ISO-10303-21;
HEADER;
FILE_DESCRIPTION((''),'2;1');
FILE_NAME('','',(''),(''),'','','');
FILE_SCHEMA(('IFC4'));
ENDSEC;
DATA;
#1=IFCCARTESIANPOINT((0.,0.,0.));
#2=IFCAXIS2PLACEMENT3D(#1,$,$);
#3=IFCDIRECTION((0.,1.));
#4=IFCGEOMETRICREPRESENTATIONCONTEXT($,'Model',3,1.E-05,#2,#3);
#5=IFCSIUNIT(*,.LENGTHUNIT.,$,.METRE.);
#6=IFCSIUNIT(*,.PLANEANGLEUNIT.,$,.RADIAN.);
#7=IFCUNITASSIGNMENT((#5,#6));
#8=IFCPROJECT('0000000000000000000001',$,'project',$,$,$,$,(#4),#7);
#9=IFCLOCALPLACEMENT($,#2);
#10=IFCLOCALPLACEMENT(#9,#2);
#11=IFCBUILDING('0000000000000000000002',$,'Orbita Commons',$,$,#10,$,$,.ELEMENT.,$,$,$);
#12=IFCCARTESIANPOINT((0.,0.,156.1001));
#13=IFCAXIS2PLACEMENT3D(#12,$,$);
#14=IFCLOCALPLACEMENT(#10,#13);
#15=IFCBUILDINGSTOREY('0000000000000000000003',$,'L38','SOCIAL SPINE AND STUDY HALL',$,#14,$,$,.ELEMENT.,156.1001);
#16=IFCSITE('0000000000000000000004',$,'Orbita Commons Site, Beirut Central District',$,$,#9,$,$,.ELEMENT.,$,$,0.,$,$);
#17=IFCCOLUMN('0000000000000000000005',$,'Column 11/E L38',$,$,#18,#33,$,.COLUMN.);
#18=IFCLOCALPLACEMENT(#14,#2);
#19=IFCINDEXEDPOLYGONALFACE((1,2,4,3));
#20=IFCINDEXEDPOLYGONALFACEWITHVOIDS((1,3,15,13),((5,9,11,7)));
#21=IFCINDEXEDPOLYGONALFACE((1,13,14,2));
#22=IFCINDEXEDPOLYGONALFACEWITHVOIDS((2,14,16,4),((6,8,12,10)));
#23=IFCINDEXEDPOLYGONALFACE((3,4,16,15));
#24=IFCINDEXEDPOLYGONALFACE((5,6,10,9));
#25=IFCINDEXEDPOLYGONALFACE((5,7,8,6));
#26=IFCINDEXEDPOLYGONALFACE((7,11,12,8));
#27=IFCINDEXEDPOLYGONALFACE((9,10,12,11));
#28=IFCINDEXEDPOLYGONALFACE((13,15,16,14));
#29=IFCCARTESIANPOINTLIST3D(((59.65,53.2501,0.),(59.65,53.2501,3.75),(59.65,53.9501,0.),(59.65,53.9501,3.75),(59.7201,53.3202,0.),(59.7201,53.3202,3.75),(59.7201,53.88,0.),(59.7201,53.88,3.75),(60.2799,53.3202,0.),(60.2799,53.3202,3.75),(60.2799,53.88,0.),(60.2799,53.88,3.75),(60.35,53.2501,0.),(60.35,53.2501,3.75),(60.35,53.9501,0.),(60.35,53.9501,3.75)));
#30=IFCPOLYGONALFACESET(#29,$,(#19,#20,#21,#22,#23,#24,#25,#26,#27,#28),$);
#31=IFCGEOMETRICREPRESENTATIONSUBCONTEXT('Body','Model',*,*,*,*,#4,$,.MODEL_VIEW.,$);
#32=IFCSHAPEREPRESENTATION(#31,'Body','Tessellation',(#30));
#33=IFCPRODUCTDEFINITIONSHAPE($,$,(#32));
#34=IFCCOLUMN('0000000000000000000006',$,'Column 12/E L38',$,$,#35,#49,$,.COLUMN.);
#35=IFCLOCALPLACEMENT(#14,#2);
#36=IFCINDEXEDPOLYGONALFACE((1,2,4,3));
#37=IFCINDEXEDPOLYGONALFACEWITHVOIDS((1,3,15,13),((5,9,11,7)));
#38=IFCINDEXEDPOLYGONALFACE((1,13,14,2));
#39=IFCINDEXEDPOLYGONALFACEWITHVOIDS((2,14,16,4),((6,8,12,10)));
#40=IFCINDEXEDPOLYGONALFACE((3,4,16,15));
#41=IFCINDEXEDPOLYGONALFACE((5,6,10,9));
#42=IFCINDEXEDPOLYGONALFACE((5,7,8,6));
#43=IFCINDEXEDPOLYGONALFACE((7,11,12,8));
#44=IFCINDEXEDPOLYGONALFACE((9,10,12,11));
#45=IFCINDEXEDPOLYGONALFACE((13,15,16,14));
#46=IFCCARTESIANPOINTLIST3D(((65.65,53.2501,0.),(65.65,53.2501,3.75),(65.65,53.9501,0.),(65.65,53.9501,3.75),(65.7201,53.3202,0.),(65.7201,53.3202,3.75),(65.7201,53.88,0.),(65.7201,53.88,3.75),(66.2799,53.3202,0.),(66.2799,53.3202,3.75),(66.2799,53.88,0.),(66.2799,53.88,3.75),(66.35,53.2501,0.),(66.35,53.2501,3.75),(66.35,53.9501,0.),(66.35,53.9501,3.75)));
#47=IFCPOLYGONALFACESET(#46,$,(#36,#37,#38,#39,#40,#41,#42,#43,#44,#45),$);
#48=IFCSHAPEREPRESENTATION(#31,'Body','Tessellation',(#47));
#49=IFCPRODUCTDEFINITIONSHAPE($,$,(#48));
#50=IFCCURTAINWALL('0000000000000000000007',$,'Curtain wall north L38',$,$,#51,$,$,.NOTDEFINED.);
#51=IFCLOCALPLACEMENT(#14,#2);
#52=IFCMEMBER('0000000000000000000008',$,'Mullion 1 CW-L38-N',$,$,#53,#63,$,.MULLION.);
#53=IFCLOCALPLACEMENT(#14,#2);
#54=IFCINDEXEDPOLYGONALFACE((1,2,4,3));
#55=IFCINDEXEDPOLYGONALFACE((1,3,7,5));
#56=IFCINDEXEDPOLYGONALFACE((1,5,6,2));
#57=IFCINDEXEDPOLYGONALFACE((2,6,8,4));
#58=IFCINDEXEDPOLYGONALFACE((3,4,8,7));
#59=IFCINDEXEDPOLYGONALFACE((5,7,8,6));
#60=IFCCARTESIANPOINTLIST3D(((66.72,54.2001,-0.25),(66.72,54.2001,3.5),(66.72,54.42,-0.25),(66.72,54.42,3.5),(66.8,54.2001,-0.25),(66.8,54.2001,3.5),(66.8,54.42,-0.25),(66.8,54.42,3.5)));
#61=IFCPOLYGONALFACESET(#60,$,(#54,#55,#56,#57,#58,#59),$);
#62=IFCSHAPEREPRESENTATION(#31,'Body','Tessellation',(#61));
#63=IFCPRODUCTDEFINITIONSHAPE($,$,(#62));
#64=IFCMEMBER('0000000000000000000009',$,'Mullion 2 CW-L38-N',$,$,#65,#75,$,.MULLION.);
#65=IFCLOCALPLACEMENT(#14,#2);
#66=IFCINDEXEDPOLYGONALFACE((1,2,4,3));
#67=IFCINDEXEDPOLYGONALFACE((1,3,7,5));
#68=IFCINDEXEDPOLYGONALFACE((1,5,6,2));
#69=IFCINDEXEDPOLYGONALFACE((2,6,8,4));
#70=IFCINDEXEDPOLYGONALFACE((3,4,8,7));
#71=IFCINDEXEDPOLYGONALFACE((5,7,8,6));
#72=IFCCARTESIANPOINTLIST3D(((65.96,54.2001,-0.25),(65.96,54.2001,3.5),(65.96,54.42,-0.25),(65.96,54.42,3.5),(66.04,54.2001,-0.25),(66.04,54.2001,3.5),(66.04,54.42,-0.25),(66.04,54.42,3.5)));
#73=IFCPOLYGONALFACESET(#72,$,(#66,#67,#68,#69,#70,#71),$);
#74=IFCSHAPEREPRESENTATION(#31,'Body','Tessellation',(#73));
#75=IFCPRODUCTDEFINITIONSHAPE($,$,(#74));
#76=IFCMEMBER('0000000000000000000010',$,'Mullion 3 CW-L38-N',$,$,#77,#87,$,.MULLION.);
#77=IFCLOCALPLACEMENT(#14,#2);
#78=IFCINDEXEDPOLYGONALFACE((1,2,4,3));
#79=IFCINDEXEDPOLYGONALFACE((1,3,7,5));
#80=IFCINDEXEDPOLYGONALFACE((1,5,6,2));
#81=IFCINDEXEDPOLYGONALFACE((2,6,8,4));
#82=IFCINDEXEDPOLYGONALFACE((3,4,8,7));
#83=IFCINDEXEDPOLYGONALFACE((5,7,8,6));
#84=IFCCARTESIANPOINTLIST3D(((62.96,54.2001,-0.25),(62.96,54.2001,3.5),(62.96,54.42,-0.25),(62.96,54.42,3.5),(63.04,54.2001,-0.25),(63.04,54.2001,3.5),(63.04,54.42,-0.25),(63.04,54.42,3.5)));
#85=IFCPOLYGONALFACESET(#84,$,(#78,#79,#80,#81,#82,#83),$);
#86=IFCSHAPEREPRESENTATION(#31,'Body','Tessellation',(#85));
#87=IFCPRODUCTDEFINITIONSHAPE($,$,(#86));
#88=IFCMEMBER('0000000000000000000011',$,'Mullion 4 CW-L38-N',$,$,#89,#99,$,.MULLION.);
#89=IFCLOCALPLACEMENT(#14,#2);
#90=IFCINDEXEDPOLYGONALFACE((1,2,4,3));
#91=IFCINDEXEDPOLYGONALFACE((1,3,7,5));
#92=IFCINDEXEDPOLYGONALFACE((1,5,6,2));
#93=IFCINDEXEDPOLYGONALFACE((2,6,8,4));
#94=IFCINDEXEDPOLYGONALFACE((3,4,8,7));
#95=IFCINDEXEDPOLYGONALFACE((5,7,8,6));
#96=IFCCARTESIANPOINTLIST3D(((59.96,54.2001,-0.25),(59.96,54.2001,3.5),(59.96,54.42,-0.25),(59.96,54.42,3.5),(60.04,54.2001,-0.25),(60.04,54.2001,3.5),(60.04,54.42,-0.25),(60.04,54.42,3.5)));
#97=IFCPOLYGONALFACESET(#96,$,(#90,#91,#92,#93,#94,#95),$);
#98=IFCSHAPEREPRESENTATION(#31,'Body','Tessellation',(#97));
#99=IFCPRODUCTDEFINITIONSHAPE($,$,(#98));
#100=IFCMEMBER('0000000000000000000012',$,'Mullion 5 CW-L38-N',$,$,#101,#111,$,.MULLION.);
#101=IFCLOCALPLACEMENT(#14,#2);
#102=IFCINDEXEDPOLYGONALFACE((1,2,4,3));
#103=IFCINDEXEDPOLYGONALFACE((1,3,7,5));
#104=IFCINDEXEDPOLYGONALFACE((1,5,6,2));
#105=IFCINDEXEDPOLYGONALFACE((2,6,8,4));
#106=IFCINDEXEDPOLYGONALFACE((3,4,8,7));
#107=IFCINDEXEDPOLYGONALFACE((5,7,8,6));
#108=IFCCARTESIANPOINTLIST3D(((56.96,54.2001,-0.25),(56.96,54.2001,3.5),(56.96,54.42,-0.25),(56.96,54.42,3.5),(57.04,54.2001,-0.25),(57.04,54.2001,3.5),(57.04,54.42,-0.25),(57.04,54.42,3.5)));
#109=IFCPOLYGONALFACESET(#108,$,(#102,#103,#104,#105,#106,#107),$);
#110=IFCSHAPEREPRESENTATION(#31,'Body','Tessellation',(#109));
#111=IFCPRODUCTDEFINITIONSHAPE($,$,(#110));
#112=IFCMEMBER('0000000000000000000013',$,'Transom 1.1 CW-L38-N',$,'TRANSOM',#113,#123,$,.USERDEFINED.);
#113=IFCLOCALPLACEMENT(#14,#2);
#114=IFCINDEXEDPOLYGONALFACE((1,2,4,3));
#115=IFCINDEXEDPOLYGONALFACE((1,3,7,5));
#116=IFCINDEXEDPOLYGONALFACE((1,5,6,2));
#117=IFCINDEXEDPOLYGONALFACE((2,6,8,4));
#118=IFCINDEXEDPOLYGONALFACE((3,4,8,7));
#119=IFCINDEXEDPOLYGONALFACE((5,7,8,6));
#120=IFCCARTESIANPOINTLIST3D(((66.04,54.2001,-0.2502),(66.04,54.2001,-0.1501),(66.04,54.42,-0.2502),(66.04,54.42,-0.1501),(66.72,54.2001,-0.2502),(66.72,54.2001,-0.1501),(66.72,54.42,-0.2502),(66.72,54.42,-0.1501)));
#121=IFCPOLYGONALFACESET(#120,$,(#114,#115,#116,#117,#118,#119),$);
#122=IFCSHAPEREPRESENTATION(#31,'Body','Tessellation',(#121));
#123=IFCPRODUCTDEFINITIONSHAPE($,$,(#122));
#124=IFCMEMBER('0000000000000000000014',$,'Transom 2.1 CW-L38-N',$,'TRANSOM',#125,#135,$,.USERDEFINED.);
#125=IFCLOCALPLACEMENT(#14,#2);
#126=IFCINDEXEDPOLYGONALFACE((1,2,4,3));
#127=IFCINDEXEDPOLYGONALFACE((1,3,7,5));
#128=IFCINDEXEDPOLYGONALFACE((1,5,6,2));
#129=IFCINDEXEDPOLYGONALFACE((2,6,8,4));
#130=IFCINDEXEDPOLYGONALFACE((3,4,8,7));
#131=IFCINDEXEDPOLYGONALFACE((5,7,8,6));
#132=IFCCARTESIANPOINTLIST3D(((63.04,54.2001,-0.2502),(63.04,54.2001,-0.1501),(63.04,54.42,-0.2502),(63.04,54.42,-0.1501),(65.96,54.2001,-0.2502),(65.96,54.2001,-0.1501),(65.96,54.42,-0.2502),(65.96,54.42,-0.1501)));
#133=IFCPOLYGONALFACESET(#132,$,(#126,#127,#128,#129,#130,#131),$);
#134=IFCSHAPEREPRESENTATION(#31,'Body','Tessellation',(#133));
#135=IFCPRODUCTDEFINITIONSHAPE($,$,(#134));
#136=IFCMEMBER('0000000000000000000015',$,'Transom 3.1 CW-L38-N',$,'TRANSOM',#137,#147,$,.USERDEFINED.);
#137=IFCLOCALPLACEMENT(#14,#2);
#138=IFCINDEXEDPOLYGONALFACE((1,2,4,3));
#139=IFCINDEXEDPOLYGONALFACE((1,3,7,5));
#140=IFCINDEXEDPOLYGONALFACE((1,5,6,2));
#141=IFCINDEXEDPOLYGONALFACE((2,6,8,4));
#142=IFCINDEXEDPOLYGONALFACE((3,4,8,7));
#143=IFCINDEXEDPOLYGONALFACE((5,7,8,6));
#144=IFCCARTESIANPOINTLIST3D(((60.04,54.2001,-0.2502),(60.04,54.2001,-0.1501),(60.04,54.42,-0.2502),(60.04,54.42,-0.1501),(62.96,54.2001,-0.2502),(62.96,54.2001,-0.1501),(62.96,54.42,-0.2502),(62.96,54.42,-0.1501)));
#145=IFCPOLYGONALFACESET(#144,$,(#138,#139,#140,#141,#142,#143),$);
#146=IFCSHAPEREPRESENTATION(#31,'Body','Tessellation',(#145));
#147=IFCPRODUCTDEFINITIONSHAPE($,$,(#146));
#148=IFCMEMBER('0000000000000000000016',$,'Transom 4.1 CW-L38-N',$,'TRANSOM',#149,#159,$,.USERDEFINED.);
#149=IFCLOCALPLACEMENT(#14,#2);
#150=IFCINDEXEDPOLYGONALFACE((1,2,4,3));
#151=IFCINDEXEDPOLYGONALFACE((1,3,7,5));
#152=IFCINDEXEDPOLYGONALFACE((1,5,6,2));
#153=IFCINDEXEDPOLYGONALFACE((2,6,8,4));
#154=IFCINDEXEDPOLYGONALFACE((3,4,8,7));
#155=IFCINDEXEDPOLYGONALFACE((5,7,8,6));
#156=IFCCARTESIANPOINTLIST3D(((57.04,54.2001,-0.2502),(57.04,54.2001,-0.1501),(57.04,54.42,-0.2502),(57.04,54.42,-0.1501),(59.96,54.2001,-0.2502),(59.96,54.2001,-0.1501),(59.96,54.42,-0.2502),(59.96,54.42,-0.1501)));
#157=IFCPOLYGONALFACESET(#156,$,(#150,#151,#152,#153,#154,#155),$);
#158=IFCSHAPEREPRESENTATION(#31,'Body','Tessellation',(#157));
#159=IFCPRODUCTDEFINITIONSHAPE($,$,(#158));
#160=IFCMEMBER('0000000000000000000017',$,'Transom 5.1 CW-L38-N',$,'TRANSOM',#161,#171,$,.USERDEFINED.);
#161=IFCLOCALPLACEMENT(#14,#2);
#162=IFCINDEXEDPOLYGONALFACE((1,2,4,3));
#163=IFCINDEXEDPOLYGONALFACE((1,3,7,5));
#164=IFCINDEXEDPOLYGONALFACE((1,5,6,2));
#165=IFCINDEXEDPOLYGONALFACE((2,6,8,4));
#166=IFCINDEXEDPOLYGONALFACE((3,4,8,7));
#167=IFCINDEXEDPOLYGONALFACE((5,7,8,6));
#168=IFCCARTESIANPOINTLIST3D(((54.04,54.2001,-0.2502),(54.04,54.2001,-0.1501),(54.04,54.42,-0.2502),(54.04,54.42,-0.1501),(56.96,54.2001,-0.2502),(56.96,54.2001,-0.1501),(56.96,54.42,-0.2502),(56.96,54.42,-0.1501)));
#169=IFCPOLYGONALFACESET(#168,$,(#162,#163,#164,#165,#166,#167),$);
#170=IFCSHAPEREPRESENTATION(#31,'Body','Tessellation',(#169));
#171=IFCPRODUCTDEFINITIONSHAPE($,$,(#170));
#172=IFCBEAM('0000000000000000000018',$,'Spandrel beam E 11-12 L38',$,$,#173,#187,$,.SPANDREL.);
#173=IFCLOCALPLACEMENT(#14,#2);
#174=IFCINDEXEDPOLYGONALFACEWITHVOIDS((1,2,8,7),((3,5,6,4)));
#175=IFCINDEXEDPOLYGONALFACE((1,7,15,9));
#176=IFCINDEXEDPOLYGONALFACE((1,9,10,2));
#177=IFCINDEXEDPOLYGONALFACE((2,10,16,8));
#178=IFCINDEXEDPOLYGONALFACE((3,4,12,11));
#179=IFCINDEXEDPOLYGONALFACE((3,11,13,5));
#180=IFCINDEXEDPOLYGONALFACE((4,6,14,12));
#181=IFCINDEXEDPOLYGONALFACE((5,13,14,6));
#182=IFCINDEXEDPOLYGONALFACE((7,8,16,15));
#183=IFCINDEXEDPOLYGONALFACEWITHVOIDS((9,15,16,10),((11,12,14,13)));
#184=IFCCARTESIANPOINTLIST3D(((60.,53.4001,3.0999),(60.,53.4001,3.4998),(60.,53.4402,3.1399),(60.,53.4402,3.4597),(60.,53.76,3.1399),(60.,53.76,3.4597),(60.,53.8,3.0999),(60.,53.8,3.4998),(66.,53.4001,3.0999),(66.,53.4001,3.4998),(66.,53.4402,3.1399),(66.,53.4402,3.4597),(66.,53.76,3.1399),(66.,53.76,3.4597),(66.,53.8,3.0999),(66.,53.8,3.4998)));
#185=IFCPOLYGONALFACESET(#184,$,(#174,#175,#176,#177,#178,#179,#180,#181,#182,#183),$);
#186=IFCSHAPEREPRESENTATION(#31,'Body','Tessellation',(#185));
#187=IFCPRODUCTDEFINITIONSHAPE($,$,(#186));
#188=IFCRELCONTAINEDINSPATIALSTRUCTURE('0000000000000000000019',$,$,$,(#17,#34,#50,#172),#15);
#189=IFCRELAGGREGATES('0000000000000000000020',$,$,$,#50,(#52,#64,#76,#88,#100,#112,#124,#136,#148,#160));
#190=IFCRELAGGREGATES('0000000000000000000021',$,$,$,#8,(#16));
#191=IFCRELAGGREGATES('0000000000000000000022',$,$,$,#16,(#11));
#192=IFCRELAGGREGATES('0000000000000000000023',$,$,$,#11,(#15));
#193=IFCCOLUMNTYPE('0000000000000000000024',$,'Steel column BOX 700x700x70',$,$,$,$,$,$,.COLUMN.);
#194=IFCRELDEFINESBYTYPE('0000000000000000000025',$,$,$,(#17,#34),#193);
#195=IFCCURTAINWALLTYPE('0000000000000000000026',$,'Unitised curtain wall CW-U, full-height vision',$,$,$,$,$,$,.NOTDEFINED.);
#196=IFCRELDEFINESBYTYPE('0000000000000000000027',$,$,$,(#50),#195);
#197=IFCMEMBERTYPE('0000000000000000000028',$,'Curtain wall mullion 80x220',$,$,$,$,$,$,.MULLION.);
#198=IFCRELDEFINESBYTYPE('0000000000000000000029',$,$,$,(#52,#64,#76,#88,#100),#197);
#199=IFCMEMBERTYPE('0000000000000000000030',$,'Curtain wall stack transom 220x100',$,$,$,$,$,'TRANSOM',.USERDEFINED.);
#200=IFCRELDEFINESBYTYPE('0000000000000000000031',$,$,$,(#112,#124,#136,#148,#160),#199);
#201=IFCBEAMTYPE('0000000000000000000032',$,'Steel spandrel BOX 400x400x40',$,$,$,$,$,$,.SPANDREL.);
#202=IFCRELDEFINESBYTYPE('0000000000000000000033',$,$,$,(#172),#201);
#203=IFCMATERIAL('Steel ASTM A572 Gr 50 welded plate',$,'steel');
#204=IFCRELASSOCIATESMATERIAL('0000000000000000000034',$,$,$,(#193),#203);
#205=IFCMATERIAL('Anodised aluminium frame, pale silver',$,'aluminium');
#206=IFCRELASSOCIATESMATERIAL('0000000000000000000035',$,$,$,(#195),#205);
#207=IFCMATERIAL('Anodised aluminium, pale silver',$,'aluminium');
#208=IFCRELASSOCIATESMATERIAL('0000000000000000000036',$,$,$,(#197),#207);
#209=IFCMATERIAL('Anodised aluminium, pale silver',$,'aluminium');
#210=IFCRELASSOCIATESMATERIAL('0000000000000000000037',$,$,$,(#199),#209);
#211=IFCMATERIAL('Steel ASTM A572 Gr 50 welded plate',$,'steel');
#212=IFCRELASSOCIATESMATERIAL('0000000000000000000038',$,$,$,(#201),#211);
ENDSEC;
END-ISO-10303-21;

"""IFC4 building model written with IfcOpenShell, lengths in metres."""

from ifc_helpers import new_model, si_unit, direction, frame, origin, origin_2d, place, context, subcontext, project, spatial, rectangle, hollow_rectangle, extrude, material, material_profile, profile_set, type_object, element, aggregate, save


model = new_model("IFC4")

# Units and contexts
model_context = context("Model", 3, precision=1e-05, world=origin(), true_north=direction((0.0, 1.0)))
body_context = subcontext(model_context, "Body", "Model", "MODEL_VIEW")
ifc_project = project(units=[si_unit("LENGTHUNIT", "METRE"), si_unit("PLANEANGLEUNIT", "RADIAN")], contexts=[model_context])

# Site, building, storey
site_placement = place(None, origin())
site = spatial("IfcSite", under=ifc_project, at=site_placement, Name="Orbita Commons Site, Beirut Central District", CompositionType="ELEMENT", RefElevation=0.0)
building_placement = place(site_placement, origin())
building = spatial("IfcBuilding", under=site, at=building_placement, Name="Orbita Commons", CompositionType="ELEMENT")
storey_placement = place(building_placement, frame((0.0, 0.0, 156.1001)))
storey = spatial("IfcBuildingStorey", under=building, at=storey_placement, Name="L38", Description="SOCIAL SPINE AND STUDY HALL", CompositionType="ELEMENT", Elevation=156.1001)

# Columns
ifc_material_1 = material(Name="Steel ASTM A572 Gr 50 welded plate", Category="steel")
ifc_material_profile_1 = material_profile(ifc_material_1, hollow_rectangle(XDim=0.7, YDim=0.7, WallThickness=0.0701, at=origin_2d()), Name="BOX 700x700x70")
ifc_profile_set_1 = profile_set([ifc_material_profile_1], Name="Steel ASTM A572 Gr 50 welded plate")
column_type = type_object("IfcColumnType", Name="Steel column BOX 700x700x70", PredefinedType="COLUMN", material=ifc_profile_set_1)
for number, where, z_axis, x_axis, name in (
    (1, (60.0, 53.6001, 0.0), (0.0, 0.0, 1.0), (1.0, 0.0, 0.0), "Column 11/E L38"),
    (2, (66.0, 53.6001, 0.0), (0.0, 0.0, 1.0), (1.0, 0.0, 0.0), "Column 12/E L38"),
):
    element("IfcColumn", number, at=place(storey_placement, frame(where, z_axis=z_axis, x_axis=x_axis)), inside=storey, type_object=column_type, Name=name, PredefinedType="COLUMN", context=body_context, shape_type="SweptSolid", body=[
        extrude(hollow_rectangle(XDim=0.7, YDim=0.7, WallThickness=0.0701, at=origin_2d()), origin(), (0.0, 0.0, 1.0), 3.75),
    ])

# Curtain wall, members
ifc_material_2 = material(Name="Anodised aluminium frame, pale silver", Category="aluminium")
curtain_wall_type = type_object("IfcCurtainWallType", Name="Unitised curtain wall CW-U, full-height vision", PredefinedType="NOTDEFINED", material=ifc_material_2)
curtain_wall_placement = place(storey_placement, origin())
curtain_wall = element("IfcCurtainWall", 3, at=curtain_wall_placement, inside=storey, type_object=curtain_wall_type, Name="Curtain wall north L38", PredefinedType="NOTDEFINED")
ifc_material_3 = material(Name="Anodised aluminium, pale silver", Category="aluminium")
ifc_material_profile_2 = material_profile(ifc_material_3, rectangle(XDim=0.0801, YDim=0.22, at=origin_2d()), Name="AL 80x220")
ifc_profile_set_2 = profile_set([ifc_material_profile_2], Name="Anodised aluminium, pale silver")
member_type_1 = type_object("IfcMemberType", Name="Curtain wall mullion 80x220", PredefinedType="MULLION", material=ifc_profile_set_2)
member_1_placement = place(storey_placement, frame((66.76, 54.3101, -0.25), z_axis=(0.0, 0.0, 1.0), x_axis=(-1.0, 0.0, 0.0)))
member_1 = element("IfcMember", 4, at=member_1_placement, type_object=member_type_1, Name="Mullion 1 CW-L38-N", PredefinedType="MULLION", context=body_context, shape_type="SweptSolid", body=[
    extrude(rectangle(XDim=0.0801, YDim=0.22, at=origin_2d()), origin(), (0.0, 0.0, 1.0), 3.75),
])
member_2_placement = place(storey_placement, frame((66.0, 54.3101, -0.25), z_axis=(0.0, 0.0, 1.0), x_axis=(-1.0, 0.0, 0.0)))
member_2 = element("IfcMember", 5, at=member_2_placement, type_object=member_type_1, Name="Mullion 2 CW-L38-N", PredefinedType="MULLION", context=body_context, shape_type="SweptSolid", body=[
    extrude(rectangle(XDim=0.0801, YDim=0.22, at=origin_2d()), origin(), (0.0, 0.0, 1.0), 3.75),
])
member_3_placement = place(storey_placement, frame((63.0, 54.3101, -0.25), z_axis=(0.0, 0.0, 1.0), x_axis=(-1.0, 0.0, 0.0)))
member_3 = element("IfcMember", 6, at=member_3_placement, type_object=member_type_1, Name="Mullion 3 CW-L38-N", PredefinedType="MULLION", context=body_context, shape_type="SweptSolid", body=[
    extrude(rectangle(XDim=0.0801, YDim=0.22, at=origin_2d()), origin(), (0.0, 0.0, 1.0), 3.75),
])
member_4_placement = place(storey_placement, frame((60.0, 54.3101, -0.25), z_axis=(0.0, 0.0, 1.0), x_axis=(-1.0, 0.0, 0.0)))
member_4 = element("IfcMember", 7, at=member_4_placement, type_object=member_type_1, Name="Mullion 4 CW-L38-N", PredefinedType="MULLION", context=body_context, shape_type="SweptSolid", body=[
    extrude(rectangle(XDim=0.0801, YDim=0.22, at=origin_2d()), origin(), (0.0, 0.0, 1.0), 3.75),
])
member_5_placement = place(storey_placement, frame((57.0, 54.3101, -0.25), z_axis=(0.0, 0.0, 1.0), x_axis=(-1.0, 0.0, 0.0)))
member_5 = element("IfcMember", 8, at=member_5_placement, type_object=member_type_1, Name="Mullion 5 CW-L38-N", PredefinedType="MULLION", context=body_context, shape_type="SweptSolid", body=[
    extrude(rectangle(XDim=0.0801, YDim=0.22, at=origin_2d()), origin(), (0.0, 0.0, 1.0), 3.75),
])
ifc_material_4 = material(Name="Anodised aluminium, pale silver", Category="aluminium")
ifc_material_profile_3 = material_profile(ifc_material_4, rectangle(XDim=0.22, YDim=0.1001, at=origin_2d()), Name="AL 220x100")
ifc_profile_set_3 = profile_set([ifc_material_profile_3], Name="Anodised aluminium, pale silver")
member_type_2 = type_object("IfcMemberType", Name="Curtain wall stack transom 220x100", ElementType="TRANSOM", PredefinedType="USERDEFINED", material=ifc_profile_set_3)
member_6_placement = place(storey_placement, frame((66.72, 54.3101, -0.2002), z_axis=(-1.0, 0.0, 0.0), x_axis=(0.0, -1.0, 0.0)))
member_6 = element("IfcMember", 9, at=member_6_placement, type_object=member_type_2, Name="Transom 1.1 CW-L38-N", ObjectType="TRANSOM", PredefinedType="USERDEFINED", context=body_context, shape_type="SweptSolid", body=[
    extrude(rectangle(XDim=0.22, YDim=0.1001, at=origin_2d()), origin(), (0.0, 0.0, 1.0), 0.6799),
])
member_7_placement = place(storey_placement, frame((65.96, 54.3101, -0.2002), z_axis=(-1.0, 0.0, 0.0), x_axis=(0.0, -1.0, 0.0)))
member_7 = element("IfcMember", 10, at=member_7_placement, type_object=member_type_2, Name="Transom 2.1 CW-L38-N", ObjectType="TRANSOM", PredefinedType="USERDEFINED", context=body_context, shape_type="SweptSolid", body=[
    extrude(rectangle(XDim=0.22, YDim=0.1001, at=origin_2d()), origin(), (0.0, 0.0, 1.0), 2.9199),
])
member_8_placement = place(storey_placement, frame((62.96, 54.3101, -0.2002), z_axis=(-1.0, 0.0, 0.0), x_axis=(0.0, -1.0, 0.0)))
member_8 = element("IfcMember", 11, at=member_8_placement, type_object=member_type_2, Name="Transom 3.1 CW-L38-N", ObjectType="TRANSOM", PredefinedType="USERDEFINED", context=body_context, shape_type="SweptSolid", body=[
    extrude(rectangle(XDim=0.22, YDim=0.1001, at=origin_2d()), origin(), (0.0, 0.0, 1.0), 2.9199),
])
member_9_placement = place(storey_placement, frame((59.96, 54.3101, -0.2002), z_axis=(-1.0, 0.0, 0.0), x_axis=(0.0, -1.0, 0.0)))
member_9 = element("IfcMember", 12, at=member_9_placement, type_object=member_type_2, Name="Transom 4.1 CW-L38-N", ObjectType="TRANSOM", PredefinedType="USERDEFINED", context=body_context, shape_type="SweptSolid", body=[
    extrude(rectangle(XDim=0.22, YDim=0.1001, at=origin_2d()), origin(), (0.0, 0.0, 1.0), 2.9199),
])
member_10_placement = place(storey_placement, frame((56.96, 54.3101, -0.2002), z_axis=(-1.0, 0.0, 0.0), x_axis=(0.0, -1.0, 0.0)))
member_10 = element("IfcMember", 13, at=member_10_placement, type_object=member_type_2, Name="Transom 5.1 CW-L38-N", ObjectType="TRANSOM", PredefinedType="USERDEFINED", context=body_context, shape_type="SweptSolid", body=[
    extrude(rectangle(XDim=0.22, YDim=0.1001, at=origin_2d()), origin(), (0.0, 0.0, 1.0), 2.9199),
])

# Beam
ifc_material_5 = material(Name="Steel ASTM A572 Gr 50 welded plate", Category="steel")
ifc_material_profile_4 = material_profile(ifc_material_5, hollow_rectangle(XDim=0.3999, YDim=0.3999, WallThickness=0.04, at=origin_2d()), Name="BOX 400x400x40")
ifc_profile_set_4 = profile_set([ifc_material_profile_4], Name="Steel ASTM A572 Gr 50 welded plate")
beam_type = type_object("IfcBeamType", Name="Steel spandrel BOX 400x400x40", PredefinedType="SPANDREL", material=ifc_profile_set_4)
beam_placement = place(storey_placement, frame((60.0, 53.6001, 3.2998), z_axis=(1.0, 0.0, 0.0), x_axis=(0.0, 1.0, 0.0)))
element("IfcBeam", 14, at=beam_placement, inside=storey, type_object=beam_type, Name="Spandrel beam E 11-12 L38", PredefinedType="SPANDREL", context=body_context, shape_type="SweptSolid", body=[
    extrude(hollow_rectangle(XDim=0.3999, YDim=0.3999, WallThickness=0.04, at=origin_2d()), origin(), (0.0, 0.0, 1.0), 6.0),
])

aggregate(curtain_wall, [member_1, member_2, member_3, member_4, member_5, member_6, member_7, member_8, member_9, member_10])

save(model, "model.ifc")
